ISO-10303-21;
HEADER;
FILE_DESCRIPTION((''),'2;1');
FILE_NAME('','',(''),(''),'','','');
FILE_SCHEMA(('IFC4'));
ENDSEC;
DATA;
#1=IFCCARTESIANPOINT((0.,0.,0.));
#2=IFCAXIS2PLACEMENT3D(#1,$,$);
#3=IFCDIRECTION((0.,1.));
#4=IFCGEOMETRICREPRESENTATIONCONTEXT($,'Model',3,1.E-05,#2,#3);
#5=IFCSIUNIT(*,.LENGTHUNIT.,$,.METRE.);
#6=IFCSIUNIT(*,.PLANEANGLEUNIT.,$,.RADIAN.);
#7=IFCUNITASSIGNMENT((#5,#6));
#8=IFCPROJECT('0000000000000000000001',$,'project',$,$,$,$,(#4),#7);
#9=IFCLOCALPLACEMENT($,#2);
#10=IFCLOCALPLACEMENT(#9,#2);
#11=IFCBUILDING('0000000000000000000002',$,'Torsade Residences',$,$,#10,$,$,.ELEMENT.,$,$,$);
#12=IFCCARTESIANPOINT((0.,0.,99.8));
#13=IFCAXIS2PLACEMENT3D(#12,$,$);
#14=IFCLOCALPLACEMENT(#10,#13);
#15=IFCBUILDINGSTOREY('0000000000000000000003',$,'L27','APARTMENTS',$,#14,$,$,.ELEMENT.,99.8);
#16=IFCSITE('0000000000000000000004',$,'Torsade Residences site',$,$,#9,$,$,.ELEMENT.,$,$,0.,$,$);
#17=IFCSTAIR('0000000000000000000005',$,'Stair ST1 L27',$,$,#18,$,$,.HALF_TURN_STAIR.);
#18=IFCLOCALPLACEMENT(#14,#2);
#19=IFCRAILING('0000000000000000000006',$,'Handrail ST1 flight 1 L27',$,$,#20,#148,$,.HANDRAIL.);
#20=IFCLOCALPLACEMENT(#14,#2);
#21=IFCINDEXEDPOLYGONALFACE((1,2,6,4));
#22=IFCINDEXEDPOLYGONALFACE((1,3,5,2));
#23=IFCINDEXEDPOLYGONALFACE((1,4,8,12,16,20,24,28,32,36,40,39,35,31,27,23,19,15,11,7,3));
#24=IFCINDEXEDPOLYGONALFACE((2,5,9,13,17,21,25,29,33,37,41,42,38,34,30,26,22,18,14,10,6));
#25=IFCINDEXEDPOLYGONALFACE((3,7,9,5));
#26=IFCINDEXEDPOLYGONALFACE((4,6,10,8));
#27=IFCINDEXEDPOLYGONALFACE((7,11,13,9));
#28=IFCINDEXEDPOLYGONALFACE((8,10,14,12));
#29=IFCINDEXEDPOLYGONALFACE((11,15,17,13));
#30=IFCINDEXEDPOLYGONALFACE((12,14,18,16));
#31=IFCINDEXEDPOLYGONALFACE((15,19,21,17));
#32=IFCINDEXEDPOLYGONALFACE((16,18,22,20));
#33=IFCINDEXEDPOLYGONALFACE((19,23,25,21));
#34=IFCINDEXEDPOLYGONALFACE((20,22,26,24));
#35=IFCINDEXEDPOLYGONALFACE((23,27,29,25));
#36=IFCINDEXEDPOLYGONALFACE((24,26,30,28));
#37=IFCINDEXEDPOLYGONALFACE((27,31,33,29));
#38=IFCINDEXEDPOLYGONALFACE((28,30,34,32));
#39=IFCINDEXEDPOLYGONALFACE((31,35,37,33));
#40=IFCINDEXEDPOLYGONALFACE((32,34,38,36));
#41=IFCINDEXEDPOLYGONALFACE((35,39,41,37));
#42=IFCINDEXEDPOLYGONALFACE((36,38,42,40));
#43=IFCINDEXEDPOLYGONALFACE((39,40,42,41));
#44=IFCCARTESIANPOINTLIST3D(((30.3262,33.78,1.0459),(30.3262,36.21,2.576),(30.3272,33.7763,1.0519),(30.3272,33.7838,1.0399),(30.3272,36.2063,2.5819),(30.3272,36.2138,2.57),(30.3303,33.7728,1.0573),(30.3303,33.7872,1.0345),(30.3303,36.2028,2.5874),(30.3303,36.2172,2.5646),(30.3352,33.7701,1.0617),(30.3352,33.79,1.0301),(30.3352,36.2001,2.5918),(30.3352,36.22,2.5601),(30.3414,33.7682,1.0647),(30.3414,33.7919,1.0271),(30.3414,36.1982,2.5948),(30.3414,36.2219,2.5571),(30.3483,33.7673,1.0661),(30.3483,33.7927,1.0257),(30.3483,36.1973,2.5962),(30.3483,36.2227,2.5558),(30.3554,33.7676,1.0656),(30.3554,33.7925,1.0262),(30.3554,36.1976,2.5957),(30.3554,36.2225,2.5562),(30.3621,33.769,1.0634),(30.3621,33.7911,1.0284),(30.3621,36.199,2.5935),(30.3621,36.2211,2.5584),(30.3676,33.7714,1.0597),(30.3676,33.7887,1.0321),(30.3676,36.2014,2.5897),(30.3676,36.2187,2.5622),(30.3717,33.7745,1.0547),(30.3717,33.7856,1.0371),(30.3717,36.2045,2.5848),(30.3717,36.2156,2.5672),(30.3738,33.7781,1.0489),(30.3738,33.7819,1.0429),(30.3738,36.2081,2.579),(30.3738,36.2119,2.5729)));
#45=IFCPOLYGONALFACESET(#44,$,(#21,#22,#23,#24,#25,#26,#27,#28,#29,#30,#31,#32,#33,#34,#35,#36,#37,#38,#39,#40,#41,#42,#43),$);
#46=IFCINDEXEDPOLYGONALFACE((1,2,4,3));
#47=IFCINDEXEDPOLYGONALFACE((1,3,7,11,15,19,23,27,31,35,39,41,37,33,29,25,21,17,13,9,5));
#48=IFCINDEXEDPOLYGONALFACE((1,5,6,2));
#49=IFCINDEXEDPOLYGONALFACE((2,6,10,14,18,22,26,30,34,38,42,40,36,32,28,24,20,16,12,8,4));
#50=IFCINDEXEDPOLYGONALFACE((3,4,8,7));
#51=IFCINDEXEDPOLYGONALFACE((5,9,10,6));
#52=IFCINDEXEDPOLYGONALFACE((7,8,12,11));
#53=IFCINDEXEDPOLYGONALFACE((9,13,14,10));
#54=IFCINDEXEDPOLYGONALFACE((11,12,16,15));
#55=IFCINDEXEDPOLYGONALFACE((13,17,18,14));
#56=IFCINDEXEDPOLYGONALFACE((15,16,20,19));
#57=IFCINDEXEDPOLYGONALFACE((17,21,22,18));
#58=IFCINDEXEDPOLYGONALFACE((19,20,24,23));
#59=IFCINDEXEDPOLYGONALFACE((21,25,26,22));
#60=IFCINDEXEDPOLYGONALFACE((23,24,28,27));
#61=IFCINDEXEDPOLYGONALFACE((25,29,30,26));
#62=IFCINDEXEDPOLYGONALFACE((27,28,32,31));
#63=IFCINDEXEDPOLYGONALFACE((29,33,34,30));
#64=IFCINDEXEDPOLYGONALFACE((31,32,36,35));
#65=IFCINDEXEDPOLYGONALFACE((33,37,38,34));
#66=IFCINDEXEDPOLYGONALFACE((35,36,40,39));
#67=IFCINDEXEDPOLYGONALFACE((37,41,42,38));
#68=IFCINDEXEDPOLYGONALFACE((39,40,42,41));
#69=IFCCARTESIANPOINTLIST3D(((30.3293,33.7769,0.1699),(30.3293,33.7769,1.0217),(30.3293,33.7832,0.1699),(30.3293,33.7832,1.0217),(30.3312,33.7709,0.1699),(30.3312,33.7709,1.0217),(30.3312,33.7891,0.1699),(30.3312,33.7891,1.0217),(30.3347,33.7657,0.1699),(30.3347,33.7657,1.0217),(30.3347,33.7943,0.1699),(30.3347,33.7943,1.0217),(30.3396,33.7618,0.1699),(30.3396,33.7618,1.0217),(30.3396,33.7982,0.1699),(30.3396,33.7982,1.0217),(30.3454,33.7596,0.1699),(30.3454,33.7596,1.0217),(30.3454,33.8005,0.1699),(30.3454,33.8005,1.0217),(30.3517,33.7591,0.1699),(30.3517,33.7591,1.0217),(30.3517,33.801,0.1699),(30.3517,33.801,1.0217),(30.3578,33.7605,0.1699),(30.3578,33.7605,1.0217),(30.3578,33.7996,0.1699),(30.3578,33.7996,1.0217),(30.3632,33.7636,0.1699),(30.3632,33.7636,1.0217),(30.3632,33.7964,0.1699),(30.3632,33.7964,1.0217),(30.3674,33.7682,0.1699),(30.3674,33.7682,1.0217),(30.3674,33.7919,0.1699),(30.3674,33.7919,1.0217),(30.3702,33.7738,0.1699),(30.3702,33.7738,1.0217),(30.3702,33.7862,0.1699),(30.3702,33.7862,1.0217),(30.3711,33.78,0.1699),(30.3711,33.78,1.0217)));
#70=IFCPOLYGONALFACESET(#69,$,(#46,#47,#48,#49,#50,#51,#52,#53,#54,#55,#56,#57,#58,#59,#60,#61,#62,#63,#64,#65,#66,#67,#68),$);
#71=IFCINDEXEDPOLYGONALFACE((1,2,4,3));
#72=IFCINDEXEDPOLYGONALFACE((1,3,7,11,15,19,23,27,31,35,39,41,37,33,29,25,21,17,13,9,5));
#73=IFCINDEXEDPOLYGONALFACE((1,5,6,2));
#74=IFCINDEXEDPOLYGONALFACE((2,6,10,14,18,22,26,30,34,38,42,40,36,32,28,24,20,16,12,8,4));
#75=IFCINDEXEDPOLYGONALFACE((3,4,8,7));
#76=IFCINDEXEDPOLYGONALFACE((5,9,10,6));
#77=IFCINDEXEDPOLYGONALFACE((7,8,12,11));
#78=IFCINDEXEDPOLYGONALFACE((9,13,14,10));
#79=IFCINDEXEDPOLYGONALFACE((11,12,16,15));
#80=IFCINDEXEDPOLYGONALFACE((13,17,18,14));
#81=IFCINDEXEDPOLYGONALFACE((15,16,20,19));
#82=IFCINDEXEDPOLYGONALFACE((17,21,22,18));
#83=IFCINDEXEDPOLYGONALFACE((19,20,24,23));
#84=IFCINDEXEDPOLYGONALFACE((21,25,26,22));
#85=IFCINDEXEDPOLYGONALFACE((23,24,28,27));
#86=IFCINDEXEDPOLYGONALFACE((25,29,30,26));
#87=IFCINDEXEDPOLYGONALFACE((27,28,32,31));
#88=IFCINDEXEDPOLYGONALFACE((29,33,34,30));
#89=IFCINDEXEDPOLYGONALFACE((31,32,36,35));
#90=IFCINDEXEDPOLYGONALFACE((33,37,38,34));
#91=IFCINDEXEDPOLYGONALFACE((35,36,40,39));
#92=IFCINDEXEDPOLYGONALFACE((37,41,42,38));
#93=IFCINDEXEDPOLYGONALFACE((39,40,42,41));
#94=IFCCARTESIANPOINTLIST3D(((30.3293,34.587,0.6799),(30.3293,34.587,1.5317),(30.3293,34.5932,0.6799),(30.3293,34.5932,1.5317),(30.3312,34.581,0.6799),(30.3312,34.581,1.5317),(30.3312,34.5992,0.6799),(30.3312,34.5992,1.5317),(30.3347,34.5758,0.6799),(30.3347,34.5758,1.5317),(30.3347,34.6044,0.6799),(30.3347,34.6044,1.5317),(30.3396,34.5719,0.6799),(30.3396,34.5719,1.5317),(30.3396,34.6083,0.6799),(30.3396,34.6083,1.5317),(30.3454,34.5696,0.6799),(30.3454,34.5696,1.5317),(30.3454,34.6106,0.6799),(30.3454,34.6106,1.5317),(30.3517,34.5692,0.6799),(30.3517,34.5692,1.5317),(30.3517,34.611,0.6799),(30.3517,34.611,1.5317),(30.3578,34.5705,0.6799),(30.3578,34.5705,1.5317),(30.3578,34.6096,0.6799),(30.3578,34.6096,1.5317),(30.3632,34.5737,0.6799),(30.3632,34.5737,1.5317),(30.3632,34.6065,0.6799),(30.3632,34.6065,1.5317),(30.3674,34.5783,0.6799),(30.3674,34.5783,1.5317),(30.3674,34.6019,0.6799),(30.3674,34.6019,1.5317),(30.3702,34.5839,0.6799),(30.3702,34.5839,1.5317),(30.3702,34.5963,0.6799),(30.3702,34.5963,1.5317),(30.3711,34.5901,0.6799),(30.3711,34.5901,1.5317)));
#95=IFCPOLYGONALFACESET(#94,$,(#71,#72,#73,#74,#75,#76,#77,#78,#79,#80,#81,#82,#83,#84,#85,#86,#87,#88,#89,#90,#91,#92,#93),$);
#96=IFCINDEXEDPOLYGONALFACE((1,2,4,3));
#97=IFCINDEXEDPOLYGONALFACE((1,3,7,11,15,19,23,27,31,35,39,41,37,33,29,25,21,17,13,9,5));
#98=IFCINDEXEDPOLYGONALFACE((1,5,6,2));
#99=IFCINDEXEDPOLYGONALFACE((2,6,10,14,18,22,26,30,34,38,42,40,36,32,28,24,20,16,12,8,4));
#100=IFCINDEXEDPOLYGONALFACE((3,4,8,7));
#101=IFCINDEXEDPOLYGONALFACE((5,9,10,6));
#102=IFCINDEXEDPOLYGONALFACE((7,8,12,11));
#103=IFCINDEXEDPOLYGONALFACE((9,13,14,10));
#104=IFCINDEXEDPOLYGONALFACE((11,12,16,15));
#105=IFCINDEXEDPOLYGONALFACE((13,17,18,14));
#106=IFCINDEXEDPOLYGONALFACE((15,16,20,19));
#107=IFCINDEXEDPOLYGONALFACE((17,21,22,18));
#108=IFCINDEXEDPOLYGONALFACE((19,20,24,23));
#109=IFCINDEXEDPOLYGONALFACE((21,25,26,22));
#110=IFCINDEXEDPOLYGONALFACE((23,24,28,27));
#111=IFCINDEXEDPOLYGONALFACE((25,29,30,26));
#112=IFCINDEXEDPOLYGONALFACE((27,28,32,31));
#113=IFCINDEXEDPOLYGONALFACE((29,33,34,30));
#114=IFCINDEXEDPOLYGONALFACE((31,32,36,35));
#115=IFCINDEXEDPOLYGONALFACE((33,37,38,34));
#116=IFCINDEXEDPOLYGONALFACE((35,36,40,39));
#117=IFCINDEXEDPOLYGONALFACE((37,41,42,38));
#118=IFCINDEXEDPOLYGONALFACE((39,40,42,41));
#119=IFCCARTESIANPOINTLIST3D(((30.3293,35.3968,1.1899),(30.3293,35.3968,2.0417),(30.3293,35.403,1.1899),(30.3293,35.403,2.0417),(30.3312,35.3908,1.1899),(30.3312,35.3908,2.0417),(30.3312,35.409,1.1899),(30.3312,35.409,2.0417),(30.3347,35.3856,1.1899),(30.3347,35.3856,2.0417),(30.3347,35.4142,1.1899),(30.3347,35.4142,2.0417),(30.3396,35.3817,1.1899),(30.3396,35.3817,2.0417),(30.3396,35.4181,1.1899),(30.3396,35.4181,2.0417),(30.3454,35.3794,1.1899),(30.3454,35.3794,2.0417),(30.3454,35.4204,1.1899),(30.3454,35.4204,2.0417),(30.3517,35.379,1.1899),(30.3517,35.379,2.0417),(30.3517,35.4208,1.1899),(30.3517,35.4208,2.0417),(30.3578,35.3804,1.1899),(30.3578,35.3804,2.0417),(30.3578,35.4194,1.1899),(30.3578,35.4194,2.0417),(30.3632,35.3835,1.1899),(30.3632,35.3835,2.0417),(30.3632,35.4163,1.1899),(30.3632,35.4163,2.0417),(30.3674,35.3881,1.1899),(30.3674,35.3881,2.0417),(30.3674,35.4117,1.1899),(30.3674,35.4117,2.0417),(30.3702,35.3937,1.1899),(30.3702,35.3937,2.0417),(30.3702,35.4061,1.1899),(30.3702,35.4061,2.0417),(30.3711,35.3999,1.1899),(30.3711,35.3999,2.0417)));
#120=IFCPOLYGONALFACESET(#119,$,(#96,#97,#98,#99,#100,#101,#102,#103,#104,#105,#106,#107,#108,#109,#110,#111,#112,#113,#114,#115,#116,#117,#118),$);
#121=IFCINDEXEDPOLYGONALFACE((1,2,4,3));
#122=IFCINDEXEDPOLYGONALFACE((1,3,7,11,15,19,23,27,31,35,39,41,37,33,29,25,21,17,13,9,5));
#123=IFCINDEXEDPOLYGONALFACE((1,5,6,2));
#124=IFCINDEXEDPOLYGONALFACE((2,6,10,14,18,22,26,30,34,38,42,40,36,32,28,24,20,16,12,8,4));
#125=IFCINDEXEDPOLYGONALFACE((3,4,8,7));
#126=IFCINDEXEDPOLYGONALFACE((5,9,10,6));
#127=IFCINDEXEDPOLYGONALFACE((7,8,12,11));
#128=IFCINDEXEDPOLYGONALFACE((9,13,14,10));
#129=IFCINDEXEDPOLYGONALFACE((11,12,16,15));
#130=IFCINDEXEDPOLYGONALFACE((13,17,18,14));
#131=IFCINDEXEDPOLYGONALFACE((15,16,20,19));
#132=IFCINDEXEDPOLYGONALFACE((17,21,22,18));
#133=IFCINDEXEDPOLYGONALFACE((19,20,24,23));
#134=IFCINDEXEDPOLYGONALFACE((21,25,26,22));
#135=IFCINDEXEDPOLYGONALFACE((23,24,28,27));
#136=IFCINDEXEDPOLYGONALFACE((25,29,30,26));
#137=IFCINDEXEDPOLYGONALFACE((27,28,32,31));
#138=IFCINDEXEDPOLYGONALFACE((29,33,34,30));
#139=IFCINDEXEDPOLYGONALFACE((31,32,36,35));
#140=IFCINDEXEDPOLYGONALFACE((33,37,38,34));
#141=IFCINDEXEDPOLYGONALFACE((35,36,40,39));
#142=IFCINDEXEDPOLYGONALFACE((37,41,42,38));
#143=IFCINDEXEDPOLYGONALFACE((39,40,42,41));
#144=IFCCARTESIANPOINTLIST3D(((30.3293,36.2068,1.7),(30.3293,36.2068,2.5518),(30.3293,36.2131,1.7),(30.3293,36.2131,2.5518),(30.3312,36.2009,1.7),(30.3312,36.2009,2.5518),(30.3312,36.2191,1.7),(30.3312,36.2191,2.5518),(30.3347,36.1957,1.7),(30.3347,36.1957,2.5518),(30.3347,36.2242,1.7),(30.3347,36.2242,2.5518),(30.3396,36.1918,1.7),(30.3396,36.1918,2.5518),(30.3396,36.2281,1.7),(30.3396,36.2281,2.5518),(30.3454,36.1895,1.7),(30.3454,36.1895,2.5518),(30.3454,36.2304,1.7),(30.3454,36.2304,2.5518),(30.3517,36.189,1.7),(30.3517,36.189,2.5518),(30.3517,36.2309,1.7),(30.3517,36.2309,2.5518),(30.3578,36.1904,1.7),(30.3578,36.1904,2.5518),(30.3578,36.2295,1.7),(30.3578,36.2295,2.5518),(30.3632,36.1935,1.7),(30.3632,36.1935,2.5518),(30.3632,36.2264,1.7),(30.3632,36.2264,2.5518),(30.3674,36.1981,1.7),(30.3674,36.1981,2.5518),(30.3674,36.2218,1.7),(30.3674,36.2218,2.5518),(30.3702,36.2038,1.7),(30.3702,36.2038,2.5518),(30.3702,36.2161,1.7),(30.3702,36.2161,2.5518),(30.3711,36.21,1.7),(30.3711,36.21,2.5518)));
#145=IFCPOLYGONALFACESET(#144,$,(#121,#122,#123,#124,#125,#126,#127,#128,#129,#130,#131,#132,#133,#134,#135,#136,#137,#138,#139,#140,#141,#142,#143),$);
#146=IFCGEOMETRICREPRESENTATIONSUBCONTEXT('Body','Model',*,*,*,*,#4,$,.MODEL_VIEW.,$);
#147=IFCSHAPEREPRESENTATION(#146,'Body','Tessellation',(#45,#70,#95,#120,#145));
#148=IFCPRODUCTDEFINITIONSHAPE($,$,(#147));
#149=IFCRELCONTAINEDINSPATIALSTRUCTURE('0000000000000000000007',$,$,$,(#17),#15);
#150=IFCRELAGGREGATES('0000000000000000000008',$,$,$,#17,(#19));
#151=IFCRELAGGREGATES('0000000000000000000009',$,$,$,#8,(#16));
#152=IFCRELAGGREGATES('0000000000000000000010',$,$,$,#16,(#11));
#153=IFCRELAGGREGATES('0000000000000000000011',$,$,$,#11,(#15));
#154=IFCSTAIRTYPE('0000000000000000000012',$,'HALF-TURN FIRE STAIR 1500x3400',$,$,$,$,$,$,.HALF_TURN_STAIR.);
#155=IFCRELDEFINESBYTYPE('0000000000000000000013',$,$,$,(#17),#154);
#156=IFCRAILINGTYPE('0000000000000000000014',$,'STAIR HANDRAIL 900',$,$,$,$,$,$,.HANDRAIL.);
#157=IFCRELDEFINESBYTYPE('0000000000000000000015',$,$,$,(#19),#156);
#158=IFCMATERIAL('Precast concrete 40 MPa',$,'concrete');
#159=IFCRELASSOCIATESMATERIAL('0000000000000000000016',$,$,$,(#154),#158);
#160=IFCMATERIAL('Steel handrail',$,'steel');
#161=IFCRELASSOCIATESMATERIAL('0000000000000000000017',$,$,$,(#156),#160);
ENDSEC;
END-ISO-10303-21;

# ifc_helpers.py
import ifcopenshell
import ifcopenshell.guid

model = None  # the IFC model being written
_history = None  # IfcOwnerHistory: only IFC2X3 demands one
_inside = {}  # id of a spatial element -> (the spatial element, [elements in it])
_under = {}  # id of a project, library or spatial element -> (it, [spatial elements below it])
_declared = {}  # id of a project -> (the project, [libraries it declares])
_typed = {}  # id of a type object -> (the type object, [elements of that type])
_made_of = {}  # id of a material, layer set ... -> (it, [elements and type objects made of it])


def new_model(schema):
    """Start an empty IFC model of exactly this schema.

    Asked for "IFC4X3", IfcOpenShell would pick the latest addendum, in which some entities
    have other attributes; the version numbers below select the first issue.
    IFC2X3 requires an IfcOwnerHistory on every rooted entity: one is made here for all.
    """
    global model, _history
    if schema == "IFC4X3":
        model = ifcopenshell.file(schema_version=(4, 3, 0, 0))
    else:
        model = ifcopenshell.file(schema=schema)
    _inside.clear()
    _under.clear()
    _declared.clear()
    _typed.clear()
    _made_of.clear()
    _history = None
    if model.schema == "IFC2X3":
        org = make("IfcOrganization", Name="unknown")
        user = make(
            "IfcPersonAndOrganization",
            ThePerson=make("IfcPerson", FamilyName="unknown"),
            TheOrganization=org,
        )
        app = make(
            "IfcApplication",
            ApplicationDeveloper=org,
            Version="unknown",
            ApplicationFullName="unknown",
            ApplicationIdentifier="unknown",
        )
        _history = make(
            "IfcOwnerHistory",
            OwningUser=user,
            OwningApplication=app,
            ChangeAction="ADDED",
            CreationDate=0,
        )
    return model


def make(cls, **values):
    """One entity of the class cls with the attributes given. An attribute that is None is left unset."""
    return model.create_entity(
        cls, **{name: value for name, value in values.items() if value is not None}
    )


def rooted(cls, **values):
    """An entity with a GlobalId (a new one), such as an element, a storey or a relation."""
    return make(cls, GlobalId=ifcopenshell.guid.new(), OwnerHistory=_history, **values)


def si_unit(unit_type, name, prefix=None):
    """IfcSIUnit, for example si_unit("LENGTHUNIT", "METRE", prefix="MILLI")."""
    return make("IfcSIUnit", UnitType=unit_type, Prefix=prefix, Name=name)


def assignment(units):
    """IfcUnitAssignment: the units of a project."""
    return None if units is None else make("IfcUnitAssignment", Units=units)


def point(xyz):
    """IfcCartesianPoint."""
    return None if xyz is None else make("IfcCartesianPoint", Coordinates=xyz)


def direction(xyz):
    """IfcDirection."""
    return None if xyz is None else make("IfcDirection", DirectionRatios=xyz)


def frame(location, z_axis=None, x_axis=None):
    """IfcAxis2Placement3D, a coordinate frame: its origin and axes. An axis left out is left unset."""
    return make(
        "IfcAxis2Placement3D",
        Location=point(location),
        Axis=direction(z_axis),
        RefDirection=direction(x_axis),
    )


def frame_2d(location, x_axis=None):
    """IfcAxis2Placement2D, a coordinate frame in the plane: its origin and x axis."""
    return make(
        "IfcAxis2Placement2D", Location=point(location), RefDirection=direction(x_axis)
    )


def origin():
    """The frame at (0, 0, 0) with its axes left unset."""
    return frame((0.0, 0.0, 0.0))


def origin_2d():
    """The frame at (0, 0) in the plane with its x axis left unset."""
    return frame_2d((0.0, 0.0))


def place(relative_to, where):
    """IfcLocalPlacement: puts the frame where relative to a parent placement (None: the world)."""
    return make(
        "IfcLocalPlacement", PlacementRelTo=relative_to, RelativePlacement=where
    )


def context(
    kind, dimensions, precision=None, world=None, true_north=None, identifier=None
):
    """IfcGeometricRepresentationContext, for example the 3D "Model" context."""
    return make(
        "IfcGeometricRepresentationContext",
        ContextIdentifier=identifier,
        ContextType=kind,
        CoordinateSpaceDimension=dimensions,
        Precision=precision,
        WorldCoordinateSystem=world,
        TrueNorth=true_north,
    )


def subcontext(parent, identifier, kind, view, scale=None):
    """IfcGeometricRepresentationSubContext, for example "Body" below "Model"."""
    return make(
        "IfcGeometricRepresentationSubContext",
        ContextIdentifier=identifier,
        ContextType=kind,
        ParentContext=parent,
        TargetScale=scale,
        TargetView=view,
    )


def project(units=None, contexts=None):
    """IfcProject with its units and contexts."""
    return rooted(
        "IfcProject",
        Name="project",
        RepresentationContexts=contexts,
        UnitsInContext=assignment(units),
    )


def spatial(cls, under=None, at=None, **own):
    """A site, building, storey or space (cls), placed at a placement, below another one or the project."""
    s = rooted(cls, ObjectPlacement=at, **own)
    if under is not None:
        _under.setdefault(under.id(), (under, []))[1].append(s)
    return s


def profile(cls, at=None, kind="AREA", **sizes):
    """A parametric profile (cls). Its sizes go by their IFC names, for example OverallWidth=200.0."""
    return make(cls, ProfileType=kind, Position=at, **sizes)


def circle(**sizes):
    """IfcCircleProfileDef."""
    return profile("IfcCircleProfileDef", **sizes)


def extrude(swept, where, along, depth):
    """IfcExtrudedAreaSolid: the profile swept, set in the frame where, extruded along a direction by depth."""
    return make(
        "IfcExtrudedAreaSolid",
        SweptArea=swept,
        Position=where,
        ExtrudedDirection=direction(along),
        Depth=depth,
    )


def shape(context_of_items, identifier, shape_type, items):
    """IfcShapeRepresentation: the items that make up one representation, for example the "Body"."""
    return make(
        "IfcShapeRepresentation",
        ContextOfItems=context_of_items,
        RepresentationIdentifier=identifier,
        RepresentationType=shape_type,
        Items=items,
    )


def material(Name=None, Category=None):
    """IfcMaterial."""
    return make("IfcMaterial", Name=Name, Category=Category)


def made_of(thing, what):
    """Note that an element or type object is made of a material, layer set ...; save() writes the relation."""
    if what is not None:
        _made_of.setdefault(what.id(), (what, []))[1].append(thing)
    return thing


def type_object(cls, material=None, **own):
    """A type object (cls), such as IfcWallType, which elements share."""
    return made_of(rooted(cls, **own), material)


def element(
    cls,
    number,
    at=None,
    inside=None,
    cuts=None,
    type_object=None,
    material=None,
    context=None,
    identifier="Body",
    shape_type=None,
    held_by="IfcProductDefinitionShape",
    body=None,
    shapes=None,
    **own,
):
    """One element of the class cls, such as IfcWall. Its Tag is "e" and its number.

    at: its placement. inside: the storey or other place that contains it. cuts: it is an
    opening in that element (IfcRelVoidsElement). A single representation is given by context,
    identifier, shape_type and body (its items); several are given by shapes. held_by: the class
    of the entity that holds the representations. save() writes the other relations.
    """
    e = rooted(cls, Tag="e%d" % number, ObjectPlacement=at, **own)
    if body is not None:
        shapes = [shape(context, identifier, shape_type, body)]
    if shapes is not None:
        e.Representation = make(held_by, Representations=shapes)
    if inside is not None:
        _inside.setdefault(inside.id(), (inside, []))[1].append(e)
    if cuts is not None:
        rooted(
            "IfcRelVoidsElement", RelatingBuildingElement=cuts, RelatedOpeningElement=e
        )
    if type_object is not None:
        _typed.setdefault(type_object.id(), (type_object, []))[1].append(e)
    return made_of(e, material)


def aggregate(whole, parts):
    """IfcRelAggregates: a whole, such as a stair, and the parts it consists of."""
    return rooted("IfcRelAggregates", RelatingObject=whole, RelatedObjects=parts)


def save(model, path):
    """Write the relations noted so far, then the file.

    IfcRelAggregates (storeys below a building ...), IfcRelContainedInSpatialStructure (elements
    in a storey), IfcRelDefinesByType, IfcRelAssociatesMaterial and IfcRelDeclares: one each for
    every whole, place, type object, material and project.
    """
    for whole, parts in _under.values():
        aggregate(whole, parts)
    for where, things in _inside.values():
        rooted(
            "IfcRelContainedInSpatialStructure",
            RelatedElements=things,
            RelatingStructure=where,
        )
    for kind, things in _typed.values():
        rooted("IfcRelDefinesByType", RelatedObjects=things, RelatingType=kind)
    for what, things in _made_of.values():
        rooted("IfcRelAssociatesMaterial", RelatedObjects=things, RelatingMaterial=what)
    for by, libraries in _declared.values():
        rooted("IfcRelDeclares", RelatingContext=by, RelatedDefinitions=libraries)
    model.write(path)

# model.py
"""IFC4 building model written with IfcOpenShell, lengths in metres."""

from ifc_helpers import new_model, si_unit, direction, frame, origin, origin_2d, place, context, subcontext, project, spatial, circle, extrude, material, type_object, element, aggregate, save


model = new_model("IFC4")

# Units and contexts
model_context = context("Model", 3, precision=1e-05, world=origin(), true_north=direction((0.0, 1.0)))
body_context = subcontext(model_context, "Body", "Model", "MODEL_VIEW")
ifc_project = project(units=[si_unit("LENGTHUNIT", "METRE"), si_unit("PLANEANGLEUNIT", "RADIAN")], contexts=[model_context])

# Site, building, storey
site_placement = place(None, origin())
site = spatial("IfcSite", under=ifc_project, at=site_placement, Name="Torsade Residences site", CompositionType="ELEMENT", RefElevation=0.0)
building_placement = place(site_placement, origin())
building = spatial("IfcBuilding", under=site, at=building_placement, Name="Torsade Residences", CompositionType="ELEMENT")
storey_placement = place(building_placement, frame((0.0, 0.0, 99.8)))
storey = spatial("IfcBuildingStorey", under=building, at=storey_placement, Name="L27", Description="APARTMENTS", CompositionType="ELEMENT", Elevation=99.8)

# Stair, railing
ifc_material_1 = material(Name="Precast concrete 40 MPa", Category="concrete")
stair_type = type_object("IfcStairType", Name="HALF-TURN FIRE STAIR 1500x3400", PredefinedType="HALF_TURN_STAIR", material=ifc_material_1)
stair_placement = place(storey_placement, origin())
stair = element("IfcStair", 1, at=stair_placement, inside=storey, type_object=stair_type, Name="Stair ST1 L27", PredefinedType="HALF_TURN_STAIR")
ifc_material_2 = material(Name="Steel handrail", Category="steel")
railing_type = type_object("IfcRailingType", Name="STAIR HANDRAIL 900", PredefinedType="HANDRAIL", material=ifc_material_2)
railing_1_placement = place(storey_placement, frame((30.3501, 33.78, 0.1699)))
railing_1 = element("IfcRailing", 2, at=railing_1_placement, type_object=railing_type, Name="Handrail ST1 flight 1 L27", PredefinedType="HANDRAIL", context=body_context, shape_type="SweptSolid", body=[
    extrude(circle(Radius=0.0239, at=origin_2d()), frame((0.0, 0.0, 0.876), z_axis=(0.0, 0.846221, 0.532831), x_axis=(-1.0, 0.0, 0.0)), (0.0, 0.0, 1.0), 2.8716),
    extrude(circle(Radius=0.021, at=origin_2d()), origin(), (0.0, 0.0, 1.0), 0.8518),
    extrude(circle(Radius=0.021, at=origin_2d()), frame((0.0, 0.8101, 0.51)), (0.0, 0.0, 1.0), 0.8518),
    extrude(circle(Radius=0.021, at=origin_2d()), frame((0.0, 1.6199, 1.02)), (0.0, 0.0, 1.0), 0.8518),
    extrude(circle(Radius=0.021, at=origin_2d()), frame((0.0, 2.4299, 1.53)), (0.0, 0.0, 1.0), 0.8518),
])
aggregate(stair, [railing_1])

save(model, "model.ifc")
